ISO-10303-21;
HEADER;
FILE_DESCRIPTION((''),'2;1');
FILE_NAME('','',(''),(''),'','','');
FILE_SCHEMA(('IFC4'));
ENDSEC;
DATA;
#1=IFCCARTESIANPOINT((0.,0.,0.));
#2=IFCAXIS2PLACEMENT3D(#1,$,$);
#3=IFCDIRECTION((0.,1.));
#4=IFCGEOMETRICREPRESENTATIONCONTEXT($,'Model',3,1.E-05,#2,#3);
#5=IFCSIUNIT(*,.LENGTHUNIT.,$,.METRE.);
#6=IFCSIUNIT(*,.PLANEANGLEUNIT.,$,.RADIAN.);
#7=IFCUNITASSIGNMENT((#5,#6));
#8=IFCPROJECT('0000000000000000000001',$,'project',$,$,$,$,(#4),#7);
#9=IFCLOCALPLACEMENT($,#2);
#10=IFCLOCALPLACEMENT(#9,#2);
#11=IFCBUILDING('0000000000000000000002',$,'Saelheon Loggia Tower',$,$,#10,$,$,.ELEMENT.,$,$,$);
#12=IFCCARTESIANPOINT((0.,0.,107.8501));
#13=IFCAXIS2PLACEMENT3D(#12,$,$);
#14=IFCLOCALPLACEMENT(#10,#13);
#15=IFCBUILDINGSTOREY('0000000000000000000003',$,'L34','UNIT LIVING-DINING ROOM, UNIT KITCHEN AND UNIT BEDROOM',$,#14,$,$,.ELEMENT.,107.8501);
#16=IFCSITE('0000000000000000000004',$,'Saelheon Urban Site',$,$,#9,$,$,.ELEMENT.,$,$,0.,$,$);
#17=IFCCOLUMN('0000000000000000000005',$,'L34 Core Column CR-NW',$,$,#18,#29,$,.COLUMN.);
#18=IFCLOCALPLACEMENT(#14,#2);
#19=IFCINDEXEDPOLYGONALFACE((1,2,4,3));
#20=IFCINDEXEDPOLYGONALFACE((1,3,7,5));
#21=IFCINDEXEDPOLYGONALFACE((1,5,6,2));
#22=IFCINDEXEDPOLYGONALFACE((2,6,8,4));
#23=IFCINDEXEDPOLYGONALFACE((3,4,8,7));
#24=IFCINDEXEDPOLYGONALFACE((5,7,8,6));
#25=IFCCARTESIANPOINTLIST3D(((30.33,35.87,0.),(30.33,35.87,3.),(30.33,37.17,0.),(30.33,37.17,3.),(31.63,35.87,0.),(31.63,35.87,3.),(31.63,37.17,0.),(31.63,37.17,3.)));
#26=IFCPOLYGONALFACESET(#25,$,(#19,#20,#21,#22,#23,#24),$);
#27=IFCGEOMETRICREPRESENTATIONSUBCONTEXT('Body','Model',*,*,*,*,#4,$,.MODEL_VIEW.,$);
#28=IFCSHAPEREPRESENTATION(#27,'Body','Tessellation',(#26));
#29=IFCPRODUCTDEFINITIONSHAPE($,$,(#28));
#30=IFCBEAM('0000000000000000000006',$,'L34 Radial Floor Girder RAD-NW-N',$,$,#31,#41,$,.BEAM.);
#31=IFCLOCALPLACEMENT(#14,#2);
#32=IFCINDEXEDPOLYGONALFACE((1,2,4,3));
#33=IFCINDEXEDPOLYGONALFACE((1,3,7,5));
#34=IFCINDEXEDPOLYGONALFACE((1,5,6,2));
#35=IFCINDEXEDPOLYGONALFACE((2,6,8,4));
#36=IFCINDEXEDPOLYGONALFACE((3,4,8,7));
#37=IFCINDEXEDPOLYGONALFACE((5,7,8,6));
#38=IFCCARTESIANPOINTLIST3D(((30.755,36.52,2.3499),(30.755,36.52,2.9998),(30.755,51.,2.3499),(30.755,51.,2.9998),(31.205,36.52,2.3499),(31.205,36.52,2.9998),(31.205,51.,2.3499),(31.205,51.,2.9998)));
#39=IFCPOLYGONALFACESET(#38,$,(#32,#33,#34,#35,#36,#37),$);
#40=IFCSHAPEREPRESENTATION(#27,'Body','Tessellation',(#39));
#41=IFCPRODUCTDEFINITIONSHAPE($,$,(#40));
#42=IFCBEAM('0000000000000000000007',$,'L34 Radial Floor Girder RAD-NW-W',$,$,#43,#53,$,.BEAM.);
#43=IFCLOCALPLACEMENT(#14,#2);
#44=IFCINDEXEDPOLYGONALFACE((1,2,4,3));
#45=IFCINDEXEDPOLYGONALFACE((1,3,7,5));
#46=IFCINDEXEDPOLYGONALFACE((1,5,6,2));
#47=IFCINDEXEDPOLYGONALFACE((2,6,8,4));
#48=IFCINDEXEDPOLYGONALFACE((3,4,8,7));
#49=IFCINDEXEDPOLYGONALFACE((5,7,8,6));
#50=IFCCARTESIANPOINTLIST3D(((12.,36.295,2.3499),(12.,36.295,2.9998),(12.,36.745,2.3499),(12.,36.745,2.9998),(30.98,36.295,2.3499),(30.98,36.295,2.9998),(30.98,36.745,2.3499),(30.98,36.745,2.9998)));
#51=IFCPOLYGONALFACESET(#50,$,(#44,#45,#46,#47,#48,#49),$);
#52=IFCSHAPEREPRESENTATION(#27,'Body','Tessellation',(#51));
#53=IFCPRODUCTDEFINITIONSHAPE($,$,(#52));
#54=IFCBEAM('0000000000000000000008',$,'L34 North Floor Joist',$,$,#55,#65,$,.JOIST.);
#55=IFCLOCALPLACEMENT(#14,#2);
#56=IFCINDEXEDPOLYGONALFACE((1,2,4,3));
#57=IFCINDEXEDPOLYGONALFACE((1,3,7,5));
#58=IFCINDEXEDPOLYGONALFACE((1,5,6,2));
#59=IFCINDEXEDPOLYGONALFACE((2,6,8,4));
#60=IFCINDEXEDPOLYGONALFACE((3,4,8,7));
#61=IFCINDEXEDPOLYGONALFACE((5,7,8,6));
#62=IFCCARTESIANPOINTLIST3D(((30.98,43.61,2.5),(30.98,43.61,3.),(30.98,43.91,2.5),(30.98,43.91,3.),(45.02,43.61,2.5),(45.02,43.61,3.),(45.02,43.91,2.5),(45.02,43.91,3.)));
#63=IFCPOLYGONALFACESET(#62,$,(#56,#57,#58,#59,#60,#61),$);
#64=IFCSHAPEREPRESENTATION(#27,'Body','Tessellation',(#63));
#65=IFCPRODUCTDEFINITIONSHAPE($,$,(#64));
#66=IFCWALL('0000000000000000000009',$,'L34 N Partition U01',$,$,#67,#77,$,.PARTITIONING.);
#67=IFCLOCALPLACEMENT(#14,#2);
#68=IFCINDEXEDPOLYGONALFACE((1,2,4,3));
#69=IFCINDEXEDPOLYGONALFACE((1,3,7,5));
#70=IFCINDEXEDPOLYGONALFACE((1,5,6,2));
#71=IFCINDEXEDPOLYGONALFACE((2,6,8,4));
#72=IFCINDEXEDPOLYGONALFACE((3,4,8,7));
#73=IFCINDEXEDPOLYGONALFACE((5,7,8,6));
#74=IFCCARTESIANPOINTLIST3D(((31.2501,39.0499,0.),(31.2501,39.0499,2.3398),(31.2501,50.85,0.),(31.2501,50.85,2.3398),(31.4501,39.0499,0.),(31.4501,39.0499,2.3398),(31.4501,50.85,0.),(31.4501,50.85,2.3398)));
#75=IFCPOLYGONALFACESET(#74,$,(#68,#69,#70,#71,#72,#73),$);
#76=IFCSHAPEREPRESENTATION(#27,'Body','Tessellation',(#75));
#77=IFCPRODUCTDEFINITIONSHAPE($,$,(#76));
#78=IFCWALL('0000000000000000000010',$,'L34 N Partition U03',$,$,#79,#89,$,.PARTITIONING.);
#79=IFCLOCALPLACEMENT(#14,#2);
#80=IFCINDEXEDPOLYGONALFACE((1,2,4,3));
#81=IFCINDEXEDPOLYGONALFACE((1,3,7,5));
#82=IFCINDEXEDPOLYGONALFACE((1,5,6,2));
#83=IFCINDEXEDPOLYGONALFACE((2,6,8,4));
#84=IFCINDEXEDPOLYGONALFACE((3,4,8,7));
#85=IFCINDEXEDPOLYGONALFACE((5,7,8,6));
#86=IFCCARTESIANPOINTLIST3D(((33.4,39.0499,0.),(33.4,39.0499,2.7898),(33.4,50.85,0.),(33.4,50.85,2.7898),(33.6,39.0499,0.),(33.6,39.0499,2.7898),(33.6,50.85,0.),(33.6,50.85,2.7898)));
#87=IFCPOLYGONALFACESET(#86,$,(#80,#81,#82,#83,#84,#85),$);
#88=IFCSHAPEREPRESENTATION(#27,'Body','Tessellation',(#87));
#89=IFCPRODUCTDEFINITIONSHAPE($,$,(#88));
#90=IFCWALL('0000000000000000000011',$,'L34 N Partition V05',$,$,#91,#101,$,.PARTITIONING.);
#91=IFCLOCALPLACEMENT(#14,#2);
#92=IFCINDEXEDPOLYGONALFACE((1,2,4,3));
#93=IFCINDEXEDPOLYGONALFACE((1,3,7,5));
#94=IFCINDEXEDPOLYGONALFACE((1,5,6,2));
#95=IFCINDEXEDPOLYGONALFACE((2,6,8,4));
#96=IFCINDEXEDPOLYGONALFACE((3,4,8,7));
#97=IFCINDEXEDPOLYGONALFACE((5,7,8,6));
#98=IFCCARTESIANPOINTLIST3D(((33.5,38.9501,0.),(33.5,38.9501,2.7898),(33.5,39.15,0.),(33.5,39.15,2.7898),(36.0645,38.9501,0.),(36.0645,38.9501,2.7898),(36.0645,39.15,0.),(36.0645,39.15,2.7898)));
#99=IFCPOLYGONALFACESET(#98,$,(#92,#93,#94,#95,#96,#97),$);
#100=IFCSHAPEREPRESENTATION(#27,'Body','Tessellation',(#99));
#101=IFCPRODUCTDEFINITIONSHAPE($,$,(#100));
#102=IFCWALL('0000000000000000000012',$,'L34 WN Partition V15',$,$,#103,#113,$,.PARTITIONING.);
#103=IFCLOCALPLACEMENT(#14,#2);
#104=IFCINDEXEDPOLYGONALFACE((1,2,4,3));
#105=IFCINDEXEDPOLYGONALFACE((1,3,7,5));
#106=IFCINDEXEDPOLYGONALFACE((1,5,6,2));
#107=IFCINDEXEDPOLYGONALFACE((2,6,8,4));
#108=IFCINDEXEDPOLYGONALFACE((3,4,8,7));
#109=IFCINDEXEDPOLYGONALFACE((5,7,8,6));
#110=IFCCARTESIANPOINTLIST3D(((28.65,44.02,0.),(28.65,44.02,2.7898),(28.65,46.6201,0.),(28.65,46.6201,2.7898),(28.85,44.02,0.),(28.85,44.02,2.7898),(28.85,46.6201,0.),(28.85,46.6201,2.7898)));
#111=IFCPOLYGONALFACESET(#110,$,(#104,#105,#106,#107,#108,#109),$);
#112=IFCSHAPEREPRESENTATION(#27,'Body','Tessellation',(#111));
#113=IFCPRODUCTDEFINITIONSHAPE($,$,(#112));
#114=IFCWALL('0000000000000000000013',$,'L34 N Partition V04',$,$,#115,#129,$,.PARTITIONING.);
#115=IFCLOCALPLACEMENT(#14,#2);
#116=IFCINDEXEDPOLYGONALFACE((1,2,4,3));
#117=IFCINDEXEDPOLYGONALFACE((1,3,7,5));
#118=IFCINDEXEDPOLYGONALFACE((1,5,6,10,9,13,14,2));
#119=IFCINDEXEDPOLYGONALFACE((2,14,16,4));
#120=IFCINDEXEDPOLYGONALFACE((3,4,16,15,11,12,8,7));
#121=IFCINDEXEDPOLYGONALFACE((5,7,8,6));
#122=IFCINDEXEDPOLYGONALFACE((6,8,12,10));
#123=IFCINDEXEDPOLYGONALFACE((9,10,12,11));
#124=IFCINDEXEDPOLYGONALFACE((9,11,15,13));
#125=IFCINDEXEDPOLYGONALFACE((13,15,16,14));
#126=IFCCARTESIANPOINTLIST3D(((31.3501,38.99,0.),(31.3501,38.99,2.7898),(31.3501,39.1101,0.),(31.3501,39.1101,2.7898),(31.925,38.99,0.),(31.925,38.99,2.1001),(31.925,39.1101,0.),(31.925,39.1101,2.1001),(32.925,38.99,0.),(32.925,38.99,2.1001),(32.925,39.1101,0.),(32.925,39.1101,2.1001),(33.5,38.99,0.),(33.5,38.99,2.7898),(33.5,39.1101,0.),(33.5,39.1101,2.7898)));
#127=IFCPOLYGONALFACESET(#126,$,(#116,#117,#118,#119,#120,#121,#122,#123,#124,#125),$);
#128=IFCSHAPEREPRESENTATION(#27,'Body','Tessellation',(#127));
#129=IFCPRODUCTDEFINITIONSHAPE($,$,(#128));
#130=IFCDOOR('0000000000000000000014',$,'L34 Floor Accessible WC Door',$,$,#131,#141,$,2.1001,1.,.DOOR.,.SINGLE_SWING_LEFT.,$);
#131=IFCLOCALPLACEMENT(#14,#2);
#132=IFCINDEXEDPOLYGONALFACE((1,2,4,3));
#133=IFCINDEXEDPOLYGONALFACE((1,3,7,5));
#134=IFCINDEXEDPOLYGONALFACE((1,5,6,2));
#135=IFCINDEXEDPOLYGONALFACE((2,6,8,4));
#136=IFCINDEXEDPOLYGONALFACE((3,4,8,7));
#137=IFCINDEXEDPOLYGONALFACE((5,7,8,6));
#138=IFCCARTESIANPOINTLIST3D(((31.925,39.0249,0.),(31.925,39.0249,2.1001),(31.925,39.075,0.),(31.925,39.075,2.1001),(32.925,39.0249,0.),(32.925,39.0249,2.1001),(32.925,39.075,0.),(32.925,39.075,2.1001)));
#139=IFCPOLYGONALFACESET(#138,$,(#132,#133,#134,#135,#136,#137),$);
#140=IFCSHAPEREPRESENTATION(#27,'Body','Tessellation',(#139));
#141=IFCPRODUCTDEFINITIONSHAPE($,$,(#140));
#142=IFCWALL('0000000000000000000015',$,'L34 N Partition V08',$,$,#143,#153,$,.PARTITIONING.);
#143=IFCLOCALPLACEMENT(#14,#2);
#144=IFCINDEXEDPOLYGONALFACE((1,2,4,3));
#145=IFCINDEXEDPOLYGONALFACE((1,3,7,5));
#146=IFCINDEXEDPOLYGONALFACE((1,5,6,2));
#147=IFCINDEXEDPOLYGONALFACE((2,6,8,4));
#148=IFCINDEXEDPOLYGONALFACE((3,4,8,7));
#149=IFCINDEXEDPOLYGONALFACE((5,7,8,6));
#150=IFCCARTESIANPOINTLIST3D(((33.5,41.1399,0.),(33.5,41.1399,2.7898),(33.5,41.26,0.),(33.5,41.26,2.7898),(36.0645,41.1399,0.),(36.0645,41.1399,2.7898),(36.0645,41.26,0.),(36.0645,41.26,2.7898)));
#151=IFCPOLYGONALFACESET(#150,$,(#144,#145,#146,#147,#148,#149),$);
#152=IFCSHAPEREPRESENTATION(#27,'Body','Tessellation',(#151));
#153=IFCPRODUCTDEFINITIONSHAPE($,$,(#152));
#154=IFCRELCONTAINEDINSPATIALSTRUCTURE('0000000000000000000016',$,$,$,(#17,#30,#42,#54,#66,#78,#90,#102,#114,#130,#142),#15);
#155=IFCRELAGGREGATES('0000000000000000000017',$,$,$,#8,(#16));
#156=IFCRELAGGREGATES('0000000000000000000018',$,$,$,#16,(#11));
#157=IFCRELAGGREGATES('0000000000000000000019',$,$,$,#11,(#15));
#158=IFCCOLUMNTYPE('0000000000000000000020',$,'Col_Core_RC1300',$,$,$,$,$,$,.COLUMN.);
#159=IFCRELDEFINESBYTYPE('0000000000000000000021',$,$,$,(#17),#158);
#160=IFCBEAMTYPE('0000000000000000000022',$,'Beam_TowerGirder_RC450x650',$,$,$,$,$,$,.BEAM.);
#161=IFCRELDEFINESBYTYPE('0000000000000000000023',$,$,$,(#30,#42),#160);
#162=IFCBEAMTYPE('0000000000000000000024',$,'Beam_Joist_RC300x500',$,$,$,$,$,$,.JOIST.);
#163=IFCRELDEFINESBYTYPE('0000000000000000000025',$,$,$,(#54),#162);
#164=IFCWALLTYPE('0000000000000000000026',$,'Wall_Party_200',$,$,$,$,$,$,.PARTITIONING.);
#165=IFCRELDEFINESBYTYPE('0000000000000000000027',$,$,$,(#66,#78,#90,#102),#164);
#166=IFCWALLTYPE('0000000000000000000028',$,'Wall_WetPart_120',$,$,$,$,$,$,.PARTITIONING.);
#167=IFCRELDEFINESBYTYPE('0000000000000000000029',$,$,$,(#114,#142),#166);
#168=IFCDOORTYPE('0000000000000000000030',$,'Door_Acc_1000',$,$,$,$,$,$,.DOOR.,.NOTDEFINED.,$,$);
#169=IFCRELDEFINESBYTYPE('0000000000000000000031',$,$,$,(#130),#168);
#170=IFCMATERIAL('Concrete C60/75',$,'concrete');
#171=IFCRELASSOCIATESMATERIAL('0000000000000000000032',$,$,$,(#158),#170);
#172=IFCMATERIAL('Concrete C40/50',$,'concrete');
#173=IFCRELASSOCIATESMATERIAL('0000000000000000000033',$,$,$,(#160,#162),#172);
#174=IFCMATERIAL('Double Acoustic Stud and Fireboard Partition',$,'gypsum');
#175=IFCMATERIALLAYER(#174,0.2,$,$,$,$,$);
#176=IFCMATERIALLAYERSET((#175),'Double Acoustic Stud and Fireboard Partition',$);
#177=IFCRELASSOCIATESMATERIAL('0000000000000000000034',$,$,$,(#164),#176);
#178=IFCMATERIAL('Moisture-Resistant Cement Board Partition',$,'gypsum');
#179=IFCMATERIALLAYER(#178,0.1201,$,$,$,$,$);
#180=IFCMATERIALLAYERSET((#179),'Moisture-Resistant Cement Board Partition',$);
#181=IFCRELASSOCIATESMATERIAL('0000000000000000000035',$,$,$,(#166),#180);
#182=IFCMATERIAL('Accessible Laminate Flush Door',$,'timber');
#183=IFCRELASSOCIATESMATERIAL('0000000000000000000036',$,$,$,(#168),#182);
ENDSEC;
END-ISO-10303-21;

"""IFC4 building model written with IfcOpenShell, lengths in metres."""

from ifc_helpers import new_model, si_unit, direction, frame, frame_2d, origin, origin_2d, place, context, subcontext, project, spatial, rectangle, extrude, source, transform, mapped, material, layer, layer_set, material_profile, profile_set, type_object, element, fill, save


model = new_model("IFC4")

# Units and contexts
model_context = context("Model", 3, precision=1e-05, world=origin(), true_north=direction((0.0, 1.0)))
body_context = subcontext(model_context, "Body", "Model", "MODEL_VIEW")
ifc_project = project(units=[si_unit("LENGTHUNIT", "METRE"), si_unit("PLANEANGLEUNIT", "RADIAN")], contexts=[model_context])

# Site, building, storey
site_placement = place(None, origin())
site = spatial("IfcSite", under=ifc_project, at=site_placement, Name="Saelheon Urban Site", CompositionType="ELEMENT", RefElevation=0.0)
building_placement = place(site_placement, origin())
building = spatial("IfcBuilding", under=site, at=building_placement, Name="Saelheon Loggia Tower", CompositionType="ELEMENT")
storey_placement = place(building_placement, frame((0.0, 0.0, 107.8501)))
storey = spatial("IfcBuildingStorey", under=building, at=storey_placement, Name="L34", Description="UNIT LIVING-DINING ROOM, UNIT KITCHEN AND UNIT BEDROOM", CompositionType="ELEMENT", Elevation=107.8501)

# Column
ifc_material_1 = material(Name="Concrete C60/75", Category="concrete")
ifc_material_profile_1 = material_profile(ifc_material_1, rectangle(XDim=1.3, YDim=1.3, at=origin_2d()), Name="RC-1300x1300")
ifc_profile_set_1 = profile_set([ifc_material_profile_1], Name="Concrete C60/75")
column_type = type_object("IfcColumnType", Name="Col_Core_RC1300", PredefinedType="COLUMN", material=ifc_profile_set_1)
shared_shape_1 = source(origin(), body_context, "Body", "SweptSolid", [
    extrude(rectangle(XDim=1.3, YDim=1.3, at=origin_2d()), origin(), (0.0, 0.0, 1.0), 3.0),
])
column_placement = place(storey_placement, frame((30.98, 36.52, 0.0), z_axis=(0.0, 0.0, 1.0), x_axis=(1.0, 0.0, 0.0)))
element("IfcColumn", 1, at=column_placement, inside=storey, type_object=column_type, Name="L34 Core Column CR-NW", PredefinedType="COLUMN", context=body_context, shape_type="MappedRepresentation", body=[
    mapped(shared_shape_1, transform((0.0, 0.0, 0.0), scale=1.0)),
])

# Beams
ifc_material_2 = material(Name="Concrete C40/50", Category="concrete")
ifc_material_profile_2 = material_profile(ifc_material_2, rectangle(XDim=0.45, YDim=0.6499, at=origin_2d()), Name="RC-450x650")
ifc_profile_set_2 = profile_set([ifc_material_profile_2], Name="Concrete C40/50")
beam_type_1 = type_object("IfcBeamType", Name="Beam_TowerGirder_RC450x650", PredefinedType="BEAM", material=ifc_profile_set_2)
shared_shape_2 = source(origin(), body_context, "Body", "SweptSolid", [
    extrude(rectangle(XDim=0.45, YDim=0.6499, at=origin_2d()), origin(), (0.0, 0.0, 1.0), 14.48),
])
beam_1_placement = place(storey_placement, frame((30.98, 36.52, 2.6748), z_axis=(0.0, 1.0, 0.0), x_axis=(-1.0, 0.0, 0.0)))
element("IfcBeam", 2, at=beam_1_placement, inside=storey, type_object=beam_type_1, Name="L34 Radial Floor Girder RAD-NW-N", PredefinedType="BEAM", context=body_context, shape_type="MappedRepresentation", body=[
    mapped(shared_shape_2, transform((0.0, 0.0, 0.0), scale=1.0)),
])
shared_shape_3 = source(origin(), body_context, "Body", "SweptSolid", [
    extrude(rectangle(XDim=0.45, YDim=0.6499, at=origin_2d()), origin(), (0.0, 0.0, 1.0), 18.98),
])
beam_2_placement = place(storey_placement, frame((30.98, 36.52, 2.6748), z_axis=(-1.0, 0.0, 0.0), x_axis=(0.0, -1.0, 0.0)))
element("IfcBeam", 3, at=beam_2_placement, inside=storey, type_object=beam_type_1, Name="L34 Radial Floor Girder RAD-NW-W", PredefinedType="BEAM", context=body_context, shape_type="MappedRepresentation", body=[
    mapped(shared_shape_3, transform((0.0, 0.0, 0.0), scale=1.0)),
])
ifc_material_profile_3 = material_profile(ifc_material_2, rectangle(XDim=0.3, YDim=0.5, at=origin_2d()), Name="RC-300x500")
ifc_profile_set_3 = profile_set([ifc_material_profile_3], Name="Concrete C40/50")
beam_type_2 = type_object("IfcBeamType", Name="Beam_Joist_RC300x500", PredefinedType="JOIST", material=ifc_profile_set_3)
shared_shape_4 = source(origin(), body_context, "Body", "SweptSolid", [
    extrude(rectangle(XDim=0.3, YDim=0.5, at=origin_2d()), origin(), (0.0, 0.0, 1.0), 14.04),
])
beam_3_placement = place(storey_placement, frame((30.98, 43.76, 2.75), z_axis=(1.0, 0.0, 0.0), x_axis=(0.0, 1.0, 0.0)))
element("IfcBeam", 4, at=beam_3_placement, inside=storey, type_object=beam_type_2, Name="L34 North Floor Joist", PredefinedType="JOIST", context=body_context, shape_type="MappedRepresentation", body=[
    mapped(shared_shape_4, transform((0.0, 0.0, 0.0), scale=1.0)),
])

# Walls
ifc_material_3 = material(Name="Double Acoustic Stud and Fireboard Partition", Category="gypsum")
ifc_layer_1 = layer(ifc_material_3, 0.2)
ifc_layer_set_1 = layer_set([ifc_layer_1], Name="Double Acoustic Stud and Fireboard Partition")
wall_type_1 = type_object("IfcWallType", Name="Wall_Party_200", PredefinedType="PARTITIONING", material=ifc_layer_set_1)
wall_1_placement = place(storey_placement, frame((31.3501, 39.05, 0.0), z_axis=(0.0, 0.0, 1.0), x_axis=(0.0, 1.0, 0.0)))
element("IfcWall", 5, at=wall_1_placement, inside=storey, type_object=wall_type_1, Name="L34 N Partition U01", PredefinedType="PARTITIONING", context=body_context, shape_type="SweptSolid", body=[
    extrude(rectangle(XDim=11.8, YDim=0.2, at=frame_2d((5.8999, 0.0))), origin(), (0.0, 0.0, 1.0), 2.3398),
])
wall_2_placement = place(storey_placement, frame((33.5, 39.05, 0.0), z_axis=(0.0, 0.0, 1.0), x_axis=(0.0, 1.0, 0.0)))
element("IfcWall", 6, at=wall_2_placement, inside=storey, type_object=wall_type_1, Name="L34 N Partition U03", PredefinedType="PARTITIONING", context=body_context, shape_type="SweptSolid", body=[
    extrude(rectangle(XDim=11.8, YDim=0.2, at=frame_2d((5.8999, 0.0))), origin(), (0.0, 0.0, 1.0), 2.7898),
])
wall_3_placement = place(storey_placement, frame((33.5, 39.05, 0.0), z_axis=(0.0, 0.0, 1.0), x_axis=(1.0, 0.0, 0.0)))
element("IfcWall", 7, at=wall_3_placement, inside=storey, type_object=wall_type_1, Name="L34 N Partition V05", PredefinedType="PARTITIONING", context=body_context, shape_type="SweptSolid", body=[
    extrude(rectangle(XDim=2.5645, YDim=0.2, at=frame_2d((1.2822, 0.0))), origin(), (0.0, 0.0, 1.0), 2.7898),
])

# Wall
wall_4_placement = place(storey_placement, frame((28.75, 44.02, 0.0), z_axis=(0.0, 0.0, 1.0), x_axis=(0.0, 1.0, 0.0)))
element("IfcWall", 8, at=wall_4_placement, inside=storey, type_object=wall_type_1, Name="L34 WN Partition V15", PredefinedType="PARTITIONING", context=body_context, shape_type="SweptSolid", body=[
    extrude(rectangle(XDim=2.6001, YDim=0.2, at=frame_2d((1.3, 0.0))), origin(), (0.0, 0.0, 1.0), 2.7898),
])

# Wall, opening, door
ifc_material_4 = material(Name="Moisture-Resistant Cement Board Partition", Category="gypsum")
ifc_layer_2 = layer(ifc_material_4, 0.1201)
ifc_layer_set_2 = layer_set([ifc_layer_2], Name="Moisture-Resistant Cement Board Partition")
wall_type_2 = type_object("IfcWallType", Name="Wall_WetPart_120", PredefinedType="PARTITIONING", material=ifc_layer_set_2)
wall_5_placement = place(storey_placement, frame((31.3501, 39.05, 0.0), z_axis=(0.0, 0.0, 1.0), x_axis=(1.0, 0.0, 0.0)))
wall_5 = element("IfcWall", 9, at=wall_5_placement, inside=storey, type_object=wall_type_2, Name="L34 N Partition V04", PredefinedType="PARTITIONING", context=body_context, shape_type="SweptSolid", body=[
    extrude(rectangle(XDim=2.1499, YDim=0.1201, at=frame_2d((1.075, 0.0))), origin(), (0.0, 0.0, 1.0), 2.7898),
])
opening_1_placement = place(wall_5_placement, frame((0.575, 0.0, 0.0)))
opening_1 = element("IfcOpeningElement", 10, at=opening_1_placement, cuts=wall_5, PredefinedType="OPENING", context=body_context, shape_type="SweptSolid", body=[
    extrude(rectangle(XDim=1.0, YDim=2.1001, at=frame_2d((0.5, 1.05))), frame((0.0, 0.072, 0.0), z_axis=(0.0, -1.0, 0.0), x_axis=(1.0, 0.0, 0.0)), (0.0, 0.0, 1.0), 0.144),
])
ifc_material_5 = material(Name="Accessible Laminate Flush Door", Category="timber")
door_type_1 = type_object("IfcDoorType", Name="Door_Acc_1000", OperationType="NOTDEFINED", PredefinedType="DOOR", material=ifc_material_5)
shared_shape_5 = source(origin(), body_context, "Body", "SweptSolid", [
    extrude(rectangle(XDim=1.0, YDim=2.1001, at=frame_2d((0.5, 1.05))), frame((0.0, 0.0249, 0.0), z_axis=(0.0, -1.0, 0.0), x_axis=(1.0, 0.0, 0.0)), (0.0, 0.0, 1.0), 0.05),
])
door_1_placement = place(opening_1_placement, origin())
door_1 = element("IfcDoor", 11, at=door_1_placement, inside=storey, type_object=door_type_1, Name="L34 Floor Accessible WC Door", OperationType="SINGLE_SWING_LEFT", OverallHeight=2.1001, OverallWidth=1.0, PredefinedType="DOOR", context=body_context, shape_type="MappedRepresentation", body=[
    mapped(shared_shape_5, transform((0.0, 0.0, 0.0), scale=1.0)),
])
fill(opening_1, door_1)

# Wall
wall_6_placement = place(storey_placement, frame((33.5, 41.2, 0.0), z_axis=(0.0, 0.0, 1.0), x_axis=(1.0, 0.0, 0.0)))
element("IfcWall", 12, at=wall_6_placement, inside=storey, type_object=wall_type_2, Name="L34 N Partition V08", PredefinedType="PARTITIONING", context=body_context, shape_type="SweptSolid", body=[
    extrude(rectangle(XDim=2.5645, YDim=0.1201, at=frame_2d((1.2822, 0.0))), origin(), (0.0, 0.0, 1.0), 2.7898),
])

save(model, "model.ifc")
